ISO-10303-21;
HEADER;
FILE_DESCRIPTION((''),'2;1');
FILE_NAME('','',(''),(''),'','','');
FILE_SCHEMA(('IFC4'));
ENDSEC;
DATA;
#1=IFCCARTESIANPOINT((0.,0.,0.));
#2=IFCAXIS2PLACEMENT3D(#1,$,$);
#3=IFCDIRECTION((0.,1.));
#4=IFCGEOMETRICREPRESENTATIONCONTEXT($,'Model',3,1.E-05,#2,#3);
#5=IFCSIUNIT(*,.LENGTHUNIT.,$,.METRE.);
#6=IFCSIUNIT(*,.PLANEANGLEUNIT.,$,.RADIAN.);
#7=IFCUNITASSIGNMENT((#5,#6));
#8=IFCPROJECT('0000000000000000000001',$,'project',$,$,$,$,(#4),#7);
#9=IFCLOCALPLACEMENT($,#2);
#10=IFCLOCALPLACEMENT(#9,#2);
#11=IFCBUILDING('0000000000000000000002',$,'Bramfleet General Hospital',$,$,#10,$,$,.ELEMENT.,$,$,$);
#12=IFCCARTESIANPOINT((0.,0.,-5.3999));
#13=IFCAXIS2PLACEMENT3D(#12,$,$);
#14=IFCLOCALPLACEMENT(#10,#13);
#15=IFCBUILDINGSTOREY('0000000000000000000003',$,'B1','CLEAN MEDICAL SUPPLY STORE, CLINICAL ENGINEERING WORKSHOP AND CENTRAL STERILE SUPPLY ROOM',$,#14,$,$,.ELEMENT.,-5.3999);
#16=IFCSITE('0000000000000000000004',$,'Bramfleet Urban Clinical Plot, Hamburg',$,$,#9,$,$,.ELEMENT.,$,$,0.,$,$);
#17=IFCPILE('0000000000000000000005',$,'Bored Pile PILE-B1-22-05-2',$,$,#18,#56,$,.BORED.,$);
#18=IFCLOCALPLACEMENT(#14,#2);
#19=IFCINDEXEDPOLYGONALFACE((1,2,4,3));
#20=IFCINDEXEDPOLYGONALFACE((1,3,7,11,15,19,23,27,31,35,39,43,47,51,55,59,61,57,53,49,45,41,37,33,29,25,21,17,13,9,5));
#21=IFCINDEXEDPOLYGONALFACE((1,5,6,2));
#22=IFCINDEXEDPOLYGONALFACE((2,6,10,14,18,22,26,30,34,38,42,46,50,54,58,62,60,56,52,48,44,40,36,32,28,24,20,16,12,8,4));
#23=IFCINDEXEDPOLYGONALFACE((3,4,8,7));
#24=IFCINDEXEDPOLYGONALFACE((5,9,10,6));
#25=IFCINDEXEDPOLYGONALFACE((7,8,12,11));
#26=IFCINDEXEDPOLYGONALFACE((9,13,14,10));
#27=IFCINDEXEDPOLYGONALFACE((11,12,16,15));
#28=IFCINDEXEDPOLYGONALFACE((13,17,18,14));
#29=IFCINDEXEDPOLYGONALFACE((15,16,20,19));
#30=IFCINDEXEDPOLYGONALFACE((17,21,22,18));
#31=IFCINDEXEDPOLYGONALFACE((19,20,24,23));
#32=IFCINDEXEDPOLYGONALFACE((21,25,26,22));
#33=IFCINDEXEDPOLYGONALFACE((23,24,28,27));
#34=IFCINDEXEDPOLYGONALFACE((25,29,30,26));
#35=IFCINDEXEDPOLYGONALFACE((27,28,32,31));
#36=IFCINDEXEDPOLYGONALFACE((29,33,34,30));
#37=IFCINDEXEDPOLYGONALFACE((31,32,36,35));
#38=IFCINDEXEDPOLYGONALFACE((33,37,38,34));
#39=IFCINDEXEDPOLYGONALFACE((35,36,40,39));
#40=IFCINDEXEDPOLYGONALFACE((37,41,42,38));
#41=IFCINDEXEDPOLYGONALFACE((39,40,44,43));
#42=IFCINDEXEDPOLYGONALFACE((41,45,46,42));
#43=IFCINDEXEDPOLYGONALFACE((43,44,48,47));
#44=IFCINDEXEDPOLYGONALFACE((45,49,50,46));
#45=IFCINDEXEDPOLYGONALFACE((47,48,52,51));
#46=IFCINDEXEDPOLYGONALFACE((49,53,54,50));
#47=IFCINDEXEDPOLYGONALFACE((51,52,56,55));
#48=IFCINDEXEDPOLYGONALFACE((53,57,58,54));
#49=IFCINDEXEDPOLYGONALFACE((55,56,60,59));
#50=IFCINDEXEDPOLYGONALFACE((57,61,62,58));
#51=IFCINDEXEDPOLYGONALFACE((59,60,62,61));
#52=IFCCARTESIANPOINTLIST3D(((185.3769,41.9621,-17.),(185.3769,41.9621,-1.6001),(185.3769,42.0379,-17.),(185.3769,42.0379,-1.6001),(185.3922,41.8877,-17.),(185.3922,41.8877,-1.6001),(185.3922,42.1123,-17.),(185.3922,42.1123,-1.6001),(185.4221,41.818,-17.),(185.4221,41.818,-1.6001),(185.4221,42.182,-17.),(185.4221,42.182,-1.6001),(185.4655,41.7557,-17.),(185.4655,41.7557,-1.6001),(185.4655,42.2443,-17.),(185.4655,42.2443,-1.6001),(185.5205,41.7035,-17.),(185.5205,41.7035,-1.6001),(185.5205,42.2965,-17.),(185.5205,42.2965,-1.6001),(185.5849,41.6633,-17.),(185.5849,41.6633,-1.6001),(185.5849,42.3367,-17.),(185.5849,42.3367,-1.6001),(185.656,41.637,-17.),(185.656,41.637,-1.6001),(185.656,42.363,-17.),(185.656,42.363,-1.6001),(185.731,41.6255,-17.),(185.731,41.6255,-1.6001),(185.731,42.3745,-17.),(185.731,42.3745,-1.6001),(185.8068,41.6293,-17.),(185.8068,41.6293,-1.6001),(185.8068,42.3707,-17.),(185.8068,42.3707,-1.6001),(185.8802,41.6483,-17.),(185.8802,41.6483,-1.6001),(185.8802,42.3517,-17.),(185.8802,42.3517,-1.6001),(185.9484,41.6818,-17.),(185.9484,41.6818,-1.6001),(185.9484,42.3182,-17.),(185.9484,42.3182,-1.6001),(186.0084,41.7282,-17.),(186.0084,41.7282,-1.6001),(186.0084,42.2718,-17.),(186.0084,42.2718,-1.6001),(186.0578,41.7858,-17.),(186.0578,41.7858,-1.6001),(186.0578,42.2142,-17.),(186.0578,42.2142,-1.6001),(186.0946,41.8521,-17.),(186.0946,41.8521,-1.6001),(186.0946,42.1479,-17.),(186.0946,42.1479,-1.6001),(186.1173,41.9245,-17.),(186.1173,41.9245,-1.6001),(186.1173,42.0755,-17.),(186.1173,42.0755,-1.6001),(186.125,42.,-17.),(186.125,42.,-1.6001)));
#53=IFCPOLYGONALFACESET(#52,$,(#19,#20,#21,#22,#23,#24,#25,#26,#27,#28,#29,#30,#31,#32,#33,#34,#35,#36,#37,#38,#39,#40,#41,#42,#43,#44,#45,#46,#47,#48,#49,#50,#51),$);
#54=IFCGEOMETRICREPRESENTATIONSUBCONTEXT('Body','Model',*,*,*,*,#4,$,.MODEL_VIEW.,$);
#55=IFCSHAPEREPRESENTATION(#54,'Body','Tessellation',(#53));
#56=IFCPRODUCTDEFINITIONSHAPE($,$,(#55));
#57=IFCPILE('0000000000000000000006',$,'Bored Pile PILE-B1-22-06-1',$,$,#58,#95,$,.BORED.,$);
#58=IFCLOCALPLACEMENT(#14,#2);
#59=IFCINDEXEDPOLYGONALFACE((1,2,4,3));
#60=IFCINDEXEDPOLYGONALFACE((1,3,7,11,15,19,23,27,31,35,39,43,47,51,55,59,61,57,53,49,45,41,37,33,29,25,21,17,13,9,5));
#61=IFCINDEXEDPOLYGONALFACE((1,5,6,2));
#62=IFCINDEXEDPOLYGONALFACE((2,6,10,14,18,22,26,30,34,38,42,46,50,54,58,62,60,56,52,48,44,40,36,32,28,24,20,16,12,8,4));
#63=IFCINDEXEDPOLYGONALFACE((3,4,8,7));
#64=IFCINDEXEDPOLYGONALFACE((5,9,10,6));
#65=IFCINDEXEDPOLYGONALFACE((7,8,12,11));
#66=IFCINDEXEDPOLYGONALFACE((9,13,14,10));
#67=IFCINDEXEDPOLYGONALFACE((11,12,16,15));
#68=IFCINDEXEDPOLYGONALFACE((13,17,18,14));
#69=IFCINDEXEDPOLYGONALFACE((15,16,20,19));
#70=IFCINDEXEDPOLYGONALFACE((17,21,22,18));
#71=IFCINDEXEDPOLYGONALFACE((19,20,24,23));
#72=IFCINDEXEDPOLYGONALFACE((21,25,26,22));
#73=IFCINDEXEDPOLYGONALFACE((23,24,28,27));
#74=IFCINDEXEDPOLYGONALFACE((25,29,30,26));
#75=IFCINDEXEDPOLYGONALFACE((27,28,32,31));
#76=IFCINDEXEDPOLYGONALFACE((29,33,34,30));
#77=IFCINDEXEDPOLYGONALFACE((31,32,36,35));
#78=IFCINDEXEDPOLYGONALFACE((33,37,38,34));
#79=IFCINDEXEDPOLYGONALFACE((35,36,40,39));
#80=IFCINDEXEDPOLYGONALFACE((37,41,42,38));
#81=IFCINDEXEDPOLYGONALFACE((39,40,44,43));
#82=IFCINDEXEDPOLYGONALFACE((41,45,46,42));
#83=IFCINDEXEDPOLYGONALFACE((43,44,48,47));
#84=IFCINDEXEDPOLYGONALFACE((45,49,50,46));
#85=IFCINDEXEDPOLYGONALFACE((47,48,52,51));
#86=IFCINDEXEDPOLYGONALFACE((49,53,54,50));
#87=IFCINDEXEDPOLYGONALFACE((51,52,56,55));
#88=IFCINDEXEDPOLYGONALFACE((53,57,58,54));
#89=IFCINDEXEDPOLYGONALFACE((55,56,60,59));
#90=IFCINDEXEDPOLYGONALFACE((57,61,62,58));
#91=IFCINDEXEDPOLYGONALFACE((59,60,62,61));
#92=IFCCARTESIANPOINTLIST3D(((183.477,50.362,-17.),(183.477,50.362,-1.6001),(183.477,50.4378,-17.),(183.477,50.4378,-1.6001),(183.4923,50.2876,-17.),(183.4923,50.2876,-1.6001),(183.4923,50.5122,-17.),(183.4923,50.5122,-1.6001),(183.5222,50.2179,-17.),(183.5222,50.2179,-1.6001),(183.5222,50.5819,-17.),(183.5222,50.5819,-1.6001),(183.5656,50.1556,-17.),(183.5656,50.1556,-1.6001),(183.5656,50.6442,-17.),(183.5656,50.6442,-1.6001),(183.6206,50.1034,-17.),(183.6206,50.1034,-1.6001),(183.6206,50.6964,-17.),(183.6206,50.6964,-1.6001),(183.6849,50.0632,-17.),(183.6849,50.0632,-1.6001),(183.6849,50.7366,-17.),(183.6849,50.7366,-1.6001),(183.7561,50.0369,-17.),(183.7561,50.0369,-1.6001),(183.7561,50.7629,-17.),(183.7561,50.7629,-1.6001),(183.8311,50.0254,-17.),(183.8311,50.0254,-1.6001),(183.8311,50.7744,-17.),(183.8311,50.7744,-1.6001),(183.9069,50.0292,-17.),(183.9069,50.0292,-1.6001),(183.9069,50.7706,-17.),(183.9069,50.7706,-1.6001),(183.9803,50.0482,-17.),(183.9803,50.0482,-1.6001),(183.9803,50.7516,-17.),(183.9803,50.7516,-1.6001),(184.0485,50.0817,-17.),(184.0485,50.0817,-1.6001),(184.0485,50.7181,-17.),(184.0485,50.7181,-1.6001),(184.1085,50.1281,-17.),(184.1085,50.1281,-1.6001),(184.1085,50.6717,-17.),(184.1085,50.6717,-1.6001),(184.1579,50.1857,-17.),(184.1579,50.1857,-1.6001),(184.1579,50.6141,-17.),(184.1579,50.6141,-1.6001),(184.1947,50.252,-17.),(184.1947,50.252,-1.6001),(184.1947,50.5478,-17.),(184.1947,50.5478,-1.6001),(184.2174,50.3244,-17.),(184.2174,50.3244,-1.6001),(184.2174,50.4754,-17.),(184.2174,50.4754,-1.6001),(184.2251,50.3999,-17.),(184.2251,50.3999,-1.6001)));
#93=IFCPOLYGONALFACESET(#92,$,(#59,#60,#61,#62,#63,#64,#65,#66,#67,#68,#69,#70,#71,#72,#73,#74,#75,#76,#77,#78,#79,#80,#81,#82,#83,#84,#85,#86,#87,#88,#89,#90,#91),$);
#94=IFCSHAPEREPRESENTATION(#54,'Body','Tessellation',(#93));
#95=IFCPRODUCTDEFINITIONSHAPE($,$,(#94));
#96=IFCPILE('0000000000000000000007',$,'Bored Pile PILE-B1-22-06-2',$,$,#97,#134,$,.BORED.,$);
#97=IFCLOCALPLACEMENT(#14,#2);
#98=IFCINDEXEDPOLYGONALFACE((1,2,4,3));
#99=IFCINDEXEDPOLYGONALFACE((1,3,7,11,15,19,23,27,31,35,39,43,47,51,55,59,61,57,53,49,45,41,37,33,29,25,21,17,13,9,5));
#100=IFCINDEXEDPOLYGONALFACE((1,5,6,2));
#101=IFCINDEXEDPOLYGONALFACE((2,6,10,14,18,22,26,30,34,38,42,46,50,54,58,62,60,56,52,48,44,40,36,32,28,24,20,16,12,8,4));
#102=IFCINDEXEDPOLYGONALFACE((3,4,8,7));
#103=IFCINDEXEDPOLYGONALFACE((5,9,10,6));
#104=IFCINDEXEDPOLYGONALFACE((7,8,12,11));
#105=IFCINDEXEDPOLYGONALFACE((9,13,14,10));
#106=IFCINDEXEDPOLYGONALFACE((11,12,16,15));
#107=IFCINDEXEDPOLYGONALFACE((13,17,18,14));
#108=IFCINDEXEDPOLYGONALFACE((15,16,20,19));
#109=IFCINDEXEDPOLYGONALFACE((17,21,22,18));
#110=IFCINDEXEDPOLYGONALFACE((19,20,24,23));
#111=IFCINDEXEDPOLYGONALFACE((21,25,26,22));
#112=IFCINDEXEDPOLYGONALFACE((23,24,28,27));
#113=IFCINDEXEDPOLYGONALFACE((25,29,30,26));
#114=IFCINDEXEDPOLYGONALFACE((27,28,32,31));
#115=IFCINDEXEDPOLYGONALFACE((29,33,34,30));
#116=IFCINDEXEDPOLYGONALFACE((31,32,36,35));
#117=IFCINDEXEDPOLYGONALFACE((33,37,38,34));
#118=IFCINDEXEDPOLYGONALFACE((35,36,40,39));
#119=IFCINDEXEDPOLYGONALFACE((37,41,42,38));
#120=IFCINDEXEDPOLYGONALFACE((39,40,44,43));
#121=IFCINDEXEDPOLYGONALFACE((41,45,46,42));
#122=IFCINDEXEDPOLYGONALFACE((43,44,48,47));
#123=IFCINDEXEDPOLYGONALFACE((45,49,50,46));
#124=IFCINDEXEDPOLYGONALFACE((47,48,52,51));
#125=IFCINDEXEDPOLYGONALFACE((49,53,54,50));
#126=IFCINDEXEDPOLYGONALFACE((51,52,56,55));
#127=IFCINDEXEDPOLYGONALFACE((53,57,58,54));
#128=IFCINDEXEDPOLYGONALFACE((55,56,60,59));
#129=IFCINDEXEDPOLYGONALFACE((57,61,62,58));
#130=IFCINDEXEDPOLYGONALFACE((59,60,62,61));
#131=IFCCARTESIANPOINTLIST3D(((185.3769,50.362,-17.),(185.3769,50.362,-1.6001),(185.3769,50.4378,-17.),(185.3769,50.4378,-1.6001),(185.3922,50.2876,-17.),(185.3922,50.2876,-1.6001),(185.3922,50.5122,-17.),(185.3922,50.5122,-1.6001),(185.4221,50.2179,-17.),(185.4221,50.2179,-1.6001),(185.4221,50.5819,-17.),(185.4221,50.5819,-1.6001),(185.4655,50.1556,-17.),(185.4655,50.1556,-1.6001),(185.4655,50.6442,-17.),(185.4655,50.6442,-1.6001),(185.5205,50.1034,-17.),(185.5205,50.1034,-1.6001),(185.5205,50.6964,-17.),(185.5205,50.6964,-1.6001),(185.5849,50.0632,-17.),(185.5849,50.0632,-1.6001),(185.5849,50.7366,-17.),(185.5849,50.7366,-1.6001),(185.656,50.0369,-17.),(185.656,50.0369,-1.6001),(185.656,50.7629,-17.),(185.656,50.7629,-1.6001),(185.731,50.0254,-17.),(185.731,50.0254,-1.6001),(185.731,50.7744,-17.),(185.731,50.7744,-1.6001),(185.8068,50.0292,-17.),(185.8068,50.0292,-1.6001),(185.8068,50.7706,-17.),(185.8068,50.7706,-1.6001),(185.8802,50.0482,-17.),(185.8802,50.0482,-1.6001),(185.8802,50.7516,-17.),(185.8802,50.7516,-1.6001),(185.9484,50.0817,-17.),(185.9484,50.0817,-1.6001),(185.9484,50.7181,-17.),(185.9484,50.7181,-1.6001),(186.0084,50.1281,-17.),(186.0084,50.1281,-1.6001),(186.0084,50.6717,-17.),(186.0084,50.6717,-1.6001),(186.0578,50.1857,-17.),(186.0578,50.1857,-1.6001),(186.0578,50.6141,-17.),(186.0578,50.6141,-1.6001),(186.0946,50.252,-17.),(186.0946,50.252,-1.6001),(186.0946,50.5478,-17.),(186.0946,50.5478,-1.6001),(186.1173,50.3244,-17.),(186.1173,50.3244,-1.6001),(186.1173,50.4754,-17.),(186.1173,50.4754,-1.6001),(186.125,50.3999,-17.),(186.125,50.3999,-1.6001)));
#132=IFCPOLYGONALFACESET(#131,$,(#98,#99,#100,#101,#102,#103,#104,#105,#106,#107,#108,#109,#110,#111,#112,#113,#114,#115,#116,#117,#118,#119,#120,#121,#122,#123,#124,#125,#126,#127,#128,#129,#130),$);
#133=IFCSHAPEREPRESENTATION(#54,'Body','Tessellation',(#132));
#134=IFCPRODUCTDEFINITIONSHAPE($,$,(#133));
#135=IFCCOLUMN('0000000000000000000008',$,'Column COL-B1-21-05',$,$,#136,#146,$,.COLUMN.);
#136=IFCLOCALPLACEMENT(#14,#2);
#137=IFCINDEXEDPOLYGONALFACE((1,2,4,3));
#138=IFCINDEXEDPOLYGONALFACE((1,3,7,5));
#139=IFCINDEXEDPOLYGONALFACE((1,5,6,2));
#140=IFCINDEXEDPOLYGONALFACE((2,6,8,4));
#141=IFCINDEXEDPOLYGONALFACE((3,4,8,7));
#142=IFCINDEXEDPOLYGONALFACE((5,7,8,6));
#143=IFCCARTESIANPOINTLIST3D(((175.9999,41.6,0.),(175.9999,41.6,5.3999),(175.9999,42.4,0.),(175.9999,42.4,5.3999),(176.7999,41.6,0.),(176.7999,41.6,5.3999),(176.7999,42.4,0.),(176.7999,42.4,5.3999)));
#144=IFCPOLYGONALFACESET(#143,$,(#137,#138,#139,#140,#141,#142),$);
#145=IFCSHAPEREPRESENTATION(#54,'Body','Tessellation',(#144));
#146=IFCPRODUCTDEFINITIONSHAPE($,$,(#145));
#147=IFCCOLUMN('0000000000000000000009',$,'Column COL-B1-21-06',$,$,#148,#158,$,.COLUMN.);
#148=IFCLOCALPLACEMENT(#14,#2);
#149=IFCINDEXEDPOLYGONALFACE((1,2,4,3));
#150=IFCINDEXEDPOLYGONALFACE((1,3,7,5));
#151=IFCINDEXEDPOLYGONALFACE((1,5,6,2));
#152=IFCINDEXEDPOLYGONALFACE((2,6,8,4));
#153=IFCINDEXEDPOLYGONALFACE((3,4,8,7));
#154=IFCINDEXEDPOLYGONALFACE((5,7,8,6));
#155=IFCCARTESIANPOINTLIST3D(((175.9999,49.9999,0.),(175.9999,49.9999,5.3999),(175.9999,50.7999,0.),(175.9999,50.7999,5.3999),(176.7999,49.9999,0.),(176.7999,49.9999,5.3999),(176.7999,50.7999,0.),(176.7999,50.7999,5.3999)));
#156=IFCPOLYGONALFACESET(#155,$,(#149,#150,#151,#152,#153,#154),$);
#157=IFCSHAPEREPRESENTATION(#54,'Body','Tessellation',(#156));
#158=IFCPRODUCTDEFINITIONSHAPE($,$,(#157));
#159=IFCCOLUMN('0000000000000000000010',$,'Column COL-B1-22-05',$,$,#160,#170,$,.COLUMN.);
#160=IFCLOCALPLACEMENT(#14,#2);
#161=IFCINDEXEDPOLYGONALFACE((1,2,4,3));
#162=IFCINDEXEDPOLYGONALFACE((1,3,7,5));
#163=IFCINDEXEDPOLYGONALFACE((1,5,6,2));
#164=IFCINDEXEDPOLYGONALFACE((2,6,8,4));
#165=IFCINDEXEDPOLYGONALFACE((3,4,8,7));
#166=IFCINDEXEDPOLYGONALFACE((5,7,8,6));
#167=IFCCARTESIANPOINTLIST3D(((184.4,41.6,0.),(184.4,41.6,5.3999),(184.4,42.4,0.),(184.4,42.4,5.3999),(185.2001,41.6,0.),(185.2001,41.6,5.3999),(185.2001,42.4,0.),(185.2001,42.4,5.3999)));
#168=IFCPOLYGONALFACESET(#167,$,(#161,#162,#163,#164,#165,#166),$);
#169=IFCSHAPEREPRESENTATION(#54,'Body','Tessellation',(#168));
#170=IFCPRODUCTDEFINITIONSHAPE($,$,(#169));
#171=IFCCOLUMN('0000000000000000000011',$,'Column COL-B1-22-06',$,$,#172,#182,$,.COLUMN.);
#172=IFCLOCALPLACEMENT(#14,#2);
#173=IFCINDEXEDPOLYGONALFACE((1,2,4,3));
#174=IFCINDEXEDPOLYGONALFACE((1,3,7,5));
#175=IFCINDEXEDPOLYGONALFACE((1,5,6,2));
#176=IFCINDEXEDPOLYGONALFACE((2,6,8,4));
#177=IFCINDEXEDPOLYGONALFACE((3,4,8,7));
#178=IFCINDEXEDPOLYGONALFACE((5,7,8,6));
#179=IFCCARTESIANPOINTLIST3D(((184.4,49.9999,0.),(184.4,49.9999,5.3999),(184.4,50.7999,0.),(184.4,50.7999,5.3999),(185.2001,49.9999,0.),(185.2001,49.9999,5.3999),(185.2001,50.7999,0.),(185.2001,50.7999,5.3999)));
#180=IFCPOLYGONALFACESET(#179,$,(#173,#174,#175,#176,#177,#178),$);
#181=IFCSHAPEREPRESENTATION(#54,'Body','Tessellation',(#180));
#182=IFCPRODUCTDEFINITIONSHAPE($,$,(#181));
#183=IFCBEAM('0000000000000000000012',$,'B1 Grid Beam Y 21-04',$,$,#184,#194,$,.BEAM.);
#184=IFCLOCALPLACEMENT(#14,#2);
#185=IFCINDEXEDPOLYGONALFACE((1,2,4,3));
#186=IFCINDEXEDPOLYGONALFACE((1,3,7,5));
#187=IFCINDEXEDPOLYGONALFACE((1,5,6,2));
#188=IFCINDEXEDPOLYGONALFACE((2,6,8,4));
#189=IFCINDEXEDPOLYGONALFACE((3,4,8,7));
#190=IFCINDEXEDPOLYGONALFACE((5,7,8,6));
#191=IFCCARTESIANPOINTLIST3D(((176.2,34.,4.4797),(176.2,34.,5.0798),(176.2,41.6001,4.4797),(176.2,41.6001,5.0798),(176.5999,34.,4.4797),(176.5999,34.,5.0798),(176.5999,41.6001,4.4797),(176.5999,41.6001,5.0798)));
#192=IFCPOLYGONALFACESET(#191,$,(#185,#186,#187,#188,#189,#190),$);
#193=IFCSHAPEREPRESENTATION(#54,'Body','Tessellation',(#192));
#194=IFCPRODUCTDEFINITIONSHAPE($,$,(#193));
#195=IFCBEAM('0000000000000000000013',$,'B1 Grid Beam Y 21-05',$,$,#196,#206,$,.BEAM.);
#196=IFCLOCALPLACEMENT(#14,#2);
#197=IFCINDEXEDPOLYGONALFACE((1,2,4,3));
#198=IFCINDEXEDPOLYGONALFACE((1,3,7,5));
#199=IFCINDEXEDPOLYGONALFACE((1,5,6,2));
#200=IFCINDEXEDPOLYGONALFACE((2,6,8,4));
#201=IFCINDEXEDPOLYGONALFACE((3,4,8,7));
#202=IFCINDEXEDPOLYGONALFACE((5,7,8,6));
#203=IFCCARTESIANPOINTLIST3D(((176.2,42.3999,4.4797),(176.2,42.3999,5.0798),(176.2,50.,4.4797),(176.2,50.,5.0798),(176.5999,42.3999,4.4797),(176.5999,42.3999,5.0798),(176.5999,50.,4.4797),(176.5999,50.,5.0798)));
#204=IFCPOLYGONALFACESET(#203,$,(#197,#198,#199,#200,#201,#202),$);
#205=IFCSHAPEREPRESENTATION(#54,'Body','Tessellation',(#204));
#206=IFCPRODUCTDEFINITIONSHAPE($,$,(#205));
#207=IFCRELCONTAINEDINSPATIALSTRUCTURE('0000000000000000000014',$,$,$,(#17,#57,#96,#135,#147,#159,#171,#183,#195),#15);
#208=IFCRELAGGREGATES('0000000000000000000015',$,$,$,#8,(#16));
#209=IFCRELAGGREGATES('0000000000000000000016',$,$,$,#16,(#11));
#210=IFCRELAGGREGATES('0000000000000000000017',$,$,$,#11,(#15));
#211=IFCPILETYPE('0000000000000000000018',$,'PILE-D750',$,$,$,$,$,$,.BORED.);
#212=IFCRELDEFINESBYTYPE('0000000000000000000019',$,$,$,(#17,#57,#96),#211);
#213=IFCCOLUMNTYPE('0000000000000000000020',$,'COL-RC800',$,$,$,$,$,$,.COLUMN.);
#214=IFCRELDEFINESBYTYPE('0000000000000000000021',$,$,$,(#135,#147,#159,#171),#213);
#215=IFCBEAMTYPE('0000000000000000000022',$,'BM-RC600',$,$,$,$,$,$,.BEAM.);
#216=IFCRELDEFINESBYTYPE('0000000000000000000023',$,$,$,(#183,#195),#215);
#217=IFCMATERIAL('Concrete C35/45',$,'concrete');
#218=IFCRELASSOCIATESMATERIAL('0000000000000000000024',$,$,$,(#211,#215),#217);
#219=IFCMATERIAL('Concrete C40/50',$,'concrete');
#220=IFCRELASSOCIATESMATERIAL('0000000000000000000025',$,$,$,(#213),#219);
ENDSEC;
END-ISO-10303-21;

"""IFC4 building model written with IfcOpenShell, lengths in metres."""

from ifc_helpers import new_model, si_unit, direction, frame, origin, origin_2d, place, context, subcontext, project, spatial, rectangle, circle, extrude, material, material_profile, profile_set, type_object, element, save


model = new_model("IFC4")

# Units and contexts
model_context = context("Model", 3, precision=1e-05, world=origin(), true_north=direction((0.0, 1.0)))
body_context = subcontext(model_context, "Body", "Model", "MODEL_VIEW")
ifc_project = project(units=[si_unit("LENGTHUNIT", "METRE"), si_unit("PLANEANGLEUNIT", "RADIAN")], contexts=[model_context])

# Site, building, storey
site_placement = place(None, origin())
site = spatial("IfcSite", under=ifc_project, at=site_placement, Name="Bramfleet Urban Clinical Plot, Hamburg", CompositionType="ELEMENT", RefElevation=0.0)
building_placement = place(site_placement, origin())
building = spatial("IfcBuilding", under=site, at=building_placement, Name="Bramfleet General Hospital", CompositionType="ELEMENT")
storey_placement = place(building_placement, frame((0.0, 0.0, -5.3999)))
storey = spatial("IfcBuildingStorey", under=building, at=storey_placement, Name="B1", Description="CLEAN MEDICAL SUPPLY STORE, CLINICAL ENGINEERING WORKSHOP AND CENTRAL STERILE SUPPLY ROOM", CompositionType="ELEMENT", Elevation=-5.3999)

# Shared definitions
ifc_material_1 = material(Name="Concrete C35/45", Category="concrete")

# Piles
ifc_material_profile_1 = material_profile(ifc_material_1, circle(Radius=0.375, at=origin_2d()), Name="PILE BORED D750")
ifc_profile_set_1 = profile_set([ifc_material_profile_1], Name="Concrete C35/45")
pile_type = type_object("IfcPileType", Name="PILE-D750", PredefinedType="BORED", material=ifc_profile_set_1)
for number, where, z_axis, x_axis, name in (
    (1, (185.75, 42.0, -1.6001), (0.0, 0.0, -1.0), (1.0, 0.0, 0.0), "Bored Pile PILE-B1-22-05-2"),
    (2, (183.8501, 50.3999, -1.6001), (0.0, 0.0, -1.0), (1.0, 0.0, 0.0), "Bored Pile PILE-B1-22-06-1"),
    (3, (185.75, 50.3999, -1.6001), (0.0, 0.0, -1.0), (1.0, 0.0, 0.0), "Bored Pile PILE-B1-22-06-2"),
):
    element("IfcPile", number, at=place(storey_placement, frame(where, z_axis=z_axis, x_axis=x_axis)), inside=storey, type_object=pile_type, Name=name, PredefinedType="BORED", context=body_context, shape_type="SweptSolid", body=[
        extrude(circle(Radius=0.375, at=origin_2d()), origin(), (0.0, 0.0, 1.0), 15.3999),
    ])

# Columns
ifc_material_2 = material(Name="Concrete C40/50", Category="concrete")
ifc_material_profile_2 = material_profile(ifc_material_2, rectangle(XDim=0.8, YDim=0.8, at=origin_2d()), Name="RC COL 800x800")
ifc_profile_set_2 = profile_set([ifc_material_profile_2], Name="Concrete C40/50")
column_type = type_object("IfcColumnType", Name="COL-RC800", PredefinedType="COLUMN", material=ifc_profile_set_2)
for number, where, z_axis, x_axis, name in (
    (4, (176.3999, 42.0, 0.0), (0.0, 0.0, 1.0), (1.0, 0.0, 0.0), "Column COL-B1-21-05"),
    (5, (176.3999, 50.3999, 0.0), (0.0, 0.0, 1.0), (1.0, 0.0, 0.0), "Column COL-B1-21-06"),
    (6, (184.8, 42.0, 0.0), (0.0, 0.0, 1.0), (1.0, 0.0, 0.0), "Column COL-B1-22-05"),
    (7, (184.8, 50.3999, 0.0), (0.0, 0.0, 1.0), (1.0, 0.0, 0.0), "Column COL-B1-22-06"),
):
    element("IfcColumn", number, at=place(storey_placement, frame(where, z_axis=z_axis, x_axis=x_axis)), inside=storey, type_object=column_type, Name=name, PredefinedType="COLUMN", context=body_context, shape_type="SweptSolid", body=[
        extrude(rectangle(XDim=0.8, YDim=0.8, at=origin_2d()), origin(), (0.0, 0.0, 1.0), 5.3999),
    ])

# Beams
ifc_material_profile_3 = material_profile(ifc_material_1, rectangle(XDim=0.3999, YDim=0.6001, at=origin_2d()), Name="RC BM 600x400")
ifc_profile_set_3 = profile_set([ifc_material_profile_3], Name="Concrete C35/45")
beam_type_1 = type_object("IfcBeamType", Name="BM-RC600", PredefinedType="BEAM", material=ifc_profile_set_3)
for number, where, z_axis, x_axis, name in (
    (8, (176.3999, 34.0, 4.7798), (0.0, 1.0, 0.0), (-1.0, 0.0, 0.0), "B1 Grid Beam Y 21-04"),
    (9, (176.3999, 42.3999, 4.7798), (0.0, 1.0, 0.0), (-1.0, 0.0, 0.0), "B1 Grid Beam Y 21-05"),
):
    element("IfcBeam", number, at=place(storey_placement, frame(where, z_axis=z_axis, x_axis=x_axis)), inside=storey, type_object=beam_type_1, Name=name, PredefinedType="BEAM", context=body_context, shape_type="SweptSolid", body=[
        extrude(rectangle(XDim=0.3999, YDim=0.6001, at=origin_2d()), origin(), (0.0, 0.0, 1.0), 7.6001),
    ])

save(model, "model.ifc")
